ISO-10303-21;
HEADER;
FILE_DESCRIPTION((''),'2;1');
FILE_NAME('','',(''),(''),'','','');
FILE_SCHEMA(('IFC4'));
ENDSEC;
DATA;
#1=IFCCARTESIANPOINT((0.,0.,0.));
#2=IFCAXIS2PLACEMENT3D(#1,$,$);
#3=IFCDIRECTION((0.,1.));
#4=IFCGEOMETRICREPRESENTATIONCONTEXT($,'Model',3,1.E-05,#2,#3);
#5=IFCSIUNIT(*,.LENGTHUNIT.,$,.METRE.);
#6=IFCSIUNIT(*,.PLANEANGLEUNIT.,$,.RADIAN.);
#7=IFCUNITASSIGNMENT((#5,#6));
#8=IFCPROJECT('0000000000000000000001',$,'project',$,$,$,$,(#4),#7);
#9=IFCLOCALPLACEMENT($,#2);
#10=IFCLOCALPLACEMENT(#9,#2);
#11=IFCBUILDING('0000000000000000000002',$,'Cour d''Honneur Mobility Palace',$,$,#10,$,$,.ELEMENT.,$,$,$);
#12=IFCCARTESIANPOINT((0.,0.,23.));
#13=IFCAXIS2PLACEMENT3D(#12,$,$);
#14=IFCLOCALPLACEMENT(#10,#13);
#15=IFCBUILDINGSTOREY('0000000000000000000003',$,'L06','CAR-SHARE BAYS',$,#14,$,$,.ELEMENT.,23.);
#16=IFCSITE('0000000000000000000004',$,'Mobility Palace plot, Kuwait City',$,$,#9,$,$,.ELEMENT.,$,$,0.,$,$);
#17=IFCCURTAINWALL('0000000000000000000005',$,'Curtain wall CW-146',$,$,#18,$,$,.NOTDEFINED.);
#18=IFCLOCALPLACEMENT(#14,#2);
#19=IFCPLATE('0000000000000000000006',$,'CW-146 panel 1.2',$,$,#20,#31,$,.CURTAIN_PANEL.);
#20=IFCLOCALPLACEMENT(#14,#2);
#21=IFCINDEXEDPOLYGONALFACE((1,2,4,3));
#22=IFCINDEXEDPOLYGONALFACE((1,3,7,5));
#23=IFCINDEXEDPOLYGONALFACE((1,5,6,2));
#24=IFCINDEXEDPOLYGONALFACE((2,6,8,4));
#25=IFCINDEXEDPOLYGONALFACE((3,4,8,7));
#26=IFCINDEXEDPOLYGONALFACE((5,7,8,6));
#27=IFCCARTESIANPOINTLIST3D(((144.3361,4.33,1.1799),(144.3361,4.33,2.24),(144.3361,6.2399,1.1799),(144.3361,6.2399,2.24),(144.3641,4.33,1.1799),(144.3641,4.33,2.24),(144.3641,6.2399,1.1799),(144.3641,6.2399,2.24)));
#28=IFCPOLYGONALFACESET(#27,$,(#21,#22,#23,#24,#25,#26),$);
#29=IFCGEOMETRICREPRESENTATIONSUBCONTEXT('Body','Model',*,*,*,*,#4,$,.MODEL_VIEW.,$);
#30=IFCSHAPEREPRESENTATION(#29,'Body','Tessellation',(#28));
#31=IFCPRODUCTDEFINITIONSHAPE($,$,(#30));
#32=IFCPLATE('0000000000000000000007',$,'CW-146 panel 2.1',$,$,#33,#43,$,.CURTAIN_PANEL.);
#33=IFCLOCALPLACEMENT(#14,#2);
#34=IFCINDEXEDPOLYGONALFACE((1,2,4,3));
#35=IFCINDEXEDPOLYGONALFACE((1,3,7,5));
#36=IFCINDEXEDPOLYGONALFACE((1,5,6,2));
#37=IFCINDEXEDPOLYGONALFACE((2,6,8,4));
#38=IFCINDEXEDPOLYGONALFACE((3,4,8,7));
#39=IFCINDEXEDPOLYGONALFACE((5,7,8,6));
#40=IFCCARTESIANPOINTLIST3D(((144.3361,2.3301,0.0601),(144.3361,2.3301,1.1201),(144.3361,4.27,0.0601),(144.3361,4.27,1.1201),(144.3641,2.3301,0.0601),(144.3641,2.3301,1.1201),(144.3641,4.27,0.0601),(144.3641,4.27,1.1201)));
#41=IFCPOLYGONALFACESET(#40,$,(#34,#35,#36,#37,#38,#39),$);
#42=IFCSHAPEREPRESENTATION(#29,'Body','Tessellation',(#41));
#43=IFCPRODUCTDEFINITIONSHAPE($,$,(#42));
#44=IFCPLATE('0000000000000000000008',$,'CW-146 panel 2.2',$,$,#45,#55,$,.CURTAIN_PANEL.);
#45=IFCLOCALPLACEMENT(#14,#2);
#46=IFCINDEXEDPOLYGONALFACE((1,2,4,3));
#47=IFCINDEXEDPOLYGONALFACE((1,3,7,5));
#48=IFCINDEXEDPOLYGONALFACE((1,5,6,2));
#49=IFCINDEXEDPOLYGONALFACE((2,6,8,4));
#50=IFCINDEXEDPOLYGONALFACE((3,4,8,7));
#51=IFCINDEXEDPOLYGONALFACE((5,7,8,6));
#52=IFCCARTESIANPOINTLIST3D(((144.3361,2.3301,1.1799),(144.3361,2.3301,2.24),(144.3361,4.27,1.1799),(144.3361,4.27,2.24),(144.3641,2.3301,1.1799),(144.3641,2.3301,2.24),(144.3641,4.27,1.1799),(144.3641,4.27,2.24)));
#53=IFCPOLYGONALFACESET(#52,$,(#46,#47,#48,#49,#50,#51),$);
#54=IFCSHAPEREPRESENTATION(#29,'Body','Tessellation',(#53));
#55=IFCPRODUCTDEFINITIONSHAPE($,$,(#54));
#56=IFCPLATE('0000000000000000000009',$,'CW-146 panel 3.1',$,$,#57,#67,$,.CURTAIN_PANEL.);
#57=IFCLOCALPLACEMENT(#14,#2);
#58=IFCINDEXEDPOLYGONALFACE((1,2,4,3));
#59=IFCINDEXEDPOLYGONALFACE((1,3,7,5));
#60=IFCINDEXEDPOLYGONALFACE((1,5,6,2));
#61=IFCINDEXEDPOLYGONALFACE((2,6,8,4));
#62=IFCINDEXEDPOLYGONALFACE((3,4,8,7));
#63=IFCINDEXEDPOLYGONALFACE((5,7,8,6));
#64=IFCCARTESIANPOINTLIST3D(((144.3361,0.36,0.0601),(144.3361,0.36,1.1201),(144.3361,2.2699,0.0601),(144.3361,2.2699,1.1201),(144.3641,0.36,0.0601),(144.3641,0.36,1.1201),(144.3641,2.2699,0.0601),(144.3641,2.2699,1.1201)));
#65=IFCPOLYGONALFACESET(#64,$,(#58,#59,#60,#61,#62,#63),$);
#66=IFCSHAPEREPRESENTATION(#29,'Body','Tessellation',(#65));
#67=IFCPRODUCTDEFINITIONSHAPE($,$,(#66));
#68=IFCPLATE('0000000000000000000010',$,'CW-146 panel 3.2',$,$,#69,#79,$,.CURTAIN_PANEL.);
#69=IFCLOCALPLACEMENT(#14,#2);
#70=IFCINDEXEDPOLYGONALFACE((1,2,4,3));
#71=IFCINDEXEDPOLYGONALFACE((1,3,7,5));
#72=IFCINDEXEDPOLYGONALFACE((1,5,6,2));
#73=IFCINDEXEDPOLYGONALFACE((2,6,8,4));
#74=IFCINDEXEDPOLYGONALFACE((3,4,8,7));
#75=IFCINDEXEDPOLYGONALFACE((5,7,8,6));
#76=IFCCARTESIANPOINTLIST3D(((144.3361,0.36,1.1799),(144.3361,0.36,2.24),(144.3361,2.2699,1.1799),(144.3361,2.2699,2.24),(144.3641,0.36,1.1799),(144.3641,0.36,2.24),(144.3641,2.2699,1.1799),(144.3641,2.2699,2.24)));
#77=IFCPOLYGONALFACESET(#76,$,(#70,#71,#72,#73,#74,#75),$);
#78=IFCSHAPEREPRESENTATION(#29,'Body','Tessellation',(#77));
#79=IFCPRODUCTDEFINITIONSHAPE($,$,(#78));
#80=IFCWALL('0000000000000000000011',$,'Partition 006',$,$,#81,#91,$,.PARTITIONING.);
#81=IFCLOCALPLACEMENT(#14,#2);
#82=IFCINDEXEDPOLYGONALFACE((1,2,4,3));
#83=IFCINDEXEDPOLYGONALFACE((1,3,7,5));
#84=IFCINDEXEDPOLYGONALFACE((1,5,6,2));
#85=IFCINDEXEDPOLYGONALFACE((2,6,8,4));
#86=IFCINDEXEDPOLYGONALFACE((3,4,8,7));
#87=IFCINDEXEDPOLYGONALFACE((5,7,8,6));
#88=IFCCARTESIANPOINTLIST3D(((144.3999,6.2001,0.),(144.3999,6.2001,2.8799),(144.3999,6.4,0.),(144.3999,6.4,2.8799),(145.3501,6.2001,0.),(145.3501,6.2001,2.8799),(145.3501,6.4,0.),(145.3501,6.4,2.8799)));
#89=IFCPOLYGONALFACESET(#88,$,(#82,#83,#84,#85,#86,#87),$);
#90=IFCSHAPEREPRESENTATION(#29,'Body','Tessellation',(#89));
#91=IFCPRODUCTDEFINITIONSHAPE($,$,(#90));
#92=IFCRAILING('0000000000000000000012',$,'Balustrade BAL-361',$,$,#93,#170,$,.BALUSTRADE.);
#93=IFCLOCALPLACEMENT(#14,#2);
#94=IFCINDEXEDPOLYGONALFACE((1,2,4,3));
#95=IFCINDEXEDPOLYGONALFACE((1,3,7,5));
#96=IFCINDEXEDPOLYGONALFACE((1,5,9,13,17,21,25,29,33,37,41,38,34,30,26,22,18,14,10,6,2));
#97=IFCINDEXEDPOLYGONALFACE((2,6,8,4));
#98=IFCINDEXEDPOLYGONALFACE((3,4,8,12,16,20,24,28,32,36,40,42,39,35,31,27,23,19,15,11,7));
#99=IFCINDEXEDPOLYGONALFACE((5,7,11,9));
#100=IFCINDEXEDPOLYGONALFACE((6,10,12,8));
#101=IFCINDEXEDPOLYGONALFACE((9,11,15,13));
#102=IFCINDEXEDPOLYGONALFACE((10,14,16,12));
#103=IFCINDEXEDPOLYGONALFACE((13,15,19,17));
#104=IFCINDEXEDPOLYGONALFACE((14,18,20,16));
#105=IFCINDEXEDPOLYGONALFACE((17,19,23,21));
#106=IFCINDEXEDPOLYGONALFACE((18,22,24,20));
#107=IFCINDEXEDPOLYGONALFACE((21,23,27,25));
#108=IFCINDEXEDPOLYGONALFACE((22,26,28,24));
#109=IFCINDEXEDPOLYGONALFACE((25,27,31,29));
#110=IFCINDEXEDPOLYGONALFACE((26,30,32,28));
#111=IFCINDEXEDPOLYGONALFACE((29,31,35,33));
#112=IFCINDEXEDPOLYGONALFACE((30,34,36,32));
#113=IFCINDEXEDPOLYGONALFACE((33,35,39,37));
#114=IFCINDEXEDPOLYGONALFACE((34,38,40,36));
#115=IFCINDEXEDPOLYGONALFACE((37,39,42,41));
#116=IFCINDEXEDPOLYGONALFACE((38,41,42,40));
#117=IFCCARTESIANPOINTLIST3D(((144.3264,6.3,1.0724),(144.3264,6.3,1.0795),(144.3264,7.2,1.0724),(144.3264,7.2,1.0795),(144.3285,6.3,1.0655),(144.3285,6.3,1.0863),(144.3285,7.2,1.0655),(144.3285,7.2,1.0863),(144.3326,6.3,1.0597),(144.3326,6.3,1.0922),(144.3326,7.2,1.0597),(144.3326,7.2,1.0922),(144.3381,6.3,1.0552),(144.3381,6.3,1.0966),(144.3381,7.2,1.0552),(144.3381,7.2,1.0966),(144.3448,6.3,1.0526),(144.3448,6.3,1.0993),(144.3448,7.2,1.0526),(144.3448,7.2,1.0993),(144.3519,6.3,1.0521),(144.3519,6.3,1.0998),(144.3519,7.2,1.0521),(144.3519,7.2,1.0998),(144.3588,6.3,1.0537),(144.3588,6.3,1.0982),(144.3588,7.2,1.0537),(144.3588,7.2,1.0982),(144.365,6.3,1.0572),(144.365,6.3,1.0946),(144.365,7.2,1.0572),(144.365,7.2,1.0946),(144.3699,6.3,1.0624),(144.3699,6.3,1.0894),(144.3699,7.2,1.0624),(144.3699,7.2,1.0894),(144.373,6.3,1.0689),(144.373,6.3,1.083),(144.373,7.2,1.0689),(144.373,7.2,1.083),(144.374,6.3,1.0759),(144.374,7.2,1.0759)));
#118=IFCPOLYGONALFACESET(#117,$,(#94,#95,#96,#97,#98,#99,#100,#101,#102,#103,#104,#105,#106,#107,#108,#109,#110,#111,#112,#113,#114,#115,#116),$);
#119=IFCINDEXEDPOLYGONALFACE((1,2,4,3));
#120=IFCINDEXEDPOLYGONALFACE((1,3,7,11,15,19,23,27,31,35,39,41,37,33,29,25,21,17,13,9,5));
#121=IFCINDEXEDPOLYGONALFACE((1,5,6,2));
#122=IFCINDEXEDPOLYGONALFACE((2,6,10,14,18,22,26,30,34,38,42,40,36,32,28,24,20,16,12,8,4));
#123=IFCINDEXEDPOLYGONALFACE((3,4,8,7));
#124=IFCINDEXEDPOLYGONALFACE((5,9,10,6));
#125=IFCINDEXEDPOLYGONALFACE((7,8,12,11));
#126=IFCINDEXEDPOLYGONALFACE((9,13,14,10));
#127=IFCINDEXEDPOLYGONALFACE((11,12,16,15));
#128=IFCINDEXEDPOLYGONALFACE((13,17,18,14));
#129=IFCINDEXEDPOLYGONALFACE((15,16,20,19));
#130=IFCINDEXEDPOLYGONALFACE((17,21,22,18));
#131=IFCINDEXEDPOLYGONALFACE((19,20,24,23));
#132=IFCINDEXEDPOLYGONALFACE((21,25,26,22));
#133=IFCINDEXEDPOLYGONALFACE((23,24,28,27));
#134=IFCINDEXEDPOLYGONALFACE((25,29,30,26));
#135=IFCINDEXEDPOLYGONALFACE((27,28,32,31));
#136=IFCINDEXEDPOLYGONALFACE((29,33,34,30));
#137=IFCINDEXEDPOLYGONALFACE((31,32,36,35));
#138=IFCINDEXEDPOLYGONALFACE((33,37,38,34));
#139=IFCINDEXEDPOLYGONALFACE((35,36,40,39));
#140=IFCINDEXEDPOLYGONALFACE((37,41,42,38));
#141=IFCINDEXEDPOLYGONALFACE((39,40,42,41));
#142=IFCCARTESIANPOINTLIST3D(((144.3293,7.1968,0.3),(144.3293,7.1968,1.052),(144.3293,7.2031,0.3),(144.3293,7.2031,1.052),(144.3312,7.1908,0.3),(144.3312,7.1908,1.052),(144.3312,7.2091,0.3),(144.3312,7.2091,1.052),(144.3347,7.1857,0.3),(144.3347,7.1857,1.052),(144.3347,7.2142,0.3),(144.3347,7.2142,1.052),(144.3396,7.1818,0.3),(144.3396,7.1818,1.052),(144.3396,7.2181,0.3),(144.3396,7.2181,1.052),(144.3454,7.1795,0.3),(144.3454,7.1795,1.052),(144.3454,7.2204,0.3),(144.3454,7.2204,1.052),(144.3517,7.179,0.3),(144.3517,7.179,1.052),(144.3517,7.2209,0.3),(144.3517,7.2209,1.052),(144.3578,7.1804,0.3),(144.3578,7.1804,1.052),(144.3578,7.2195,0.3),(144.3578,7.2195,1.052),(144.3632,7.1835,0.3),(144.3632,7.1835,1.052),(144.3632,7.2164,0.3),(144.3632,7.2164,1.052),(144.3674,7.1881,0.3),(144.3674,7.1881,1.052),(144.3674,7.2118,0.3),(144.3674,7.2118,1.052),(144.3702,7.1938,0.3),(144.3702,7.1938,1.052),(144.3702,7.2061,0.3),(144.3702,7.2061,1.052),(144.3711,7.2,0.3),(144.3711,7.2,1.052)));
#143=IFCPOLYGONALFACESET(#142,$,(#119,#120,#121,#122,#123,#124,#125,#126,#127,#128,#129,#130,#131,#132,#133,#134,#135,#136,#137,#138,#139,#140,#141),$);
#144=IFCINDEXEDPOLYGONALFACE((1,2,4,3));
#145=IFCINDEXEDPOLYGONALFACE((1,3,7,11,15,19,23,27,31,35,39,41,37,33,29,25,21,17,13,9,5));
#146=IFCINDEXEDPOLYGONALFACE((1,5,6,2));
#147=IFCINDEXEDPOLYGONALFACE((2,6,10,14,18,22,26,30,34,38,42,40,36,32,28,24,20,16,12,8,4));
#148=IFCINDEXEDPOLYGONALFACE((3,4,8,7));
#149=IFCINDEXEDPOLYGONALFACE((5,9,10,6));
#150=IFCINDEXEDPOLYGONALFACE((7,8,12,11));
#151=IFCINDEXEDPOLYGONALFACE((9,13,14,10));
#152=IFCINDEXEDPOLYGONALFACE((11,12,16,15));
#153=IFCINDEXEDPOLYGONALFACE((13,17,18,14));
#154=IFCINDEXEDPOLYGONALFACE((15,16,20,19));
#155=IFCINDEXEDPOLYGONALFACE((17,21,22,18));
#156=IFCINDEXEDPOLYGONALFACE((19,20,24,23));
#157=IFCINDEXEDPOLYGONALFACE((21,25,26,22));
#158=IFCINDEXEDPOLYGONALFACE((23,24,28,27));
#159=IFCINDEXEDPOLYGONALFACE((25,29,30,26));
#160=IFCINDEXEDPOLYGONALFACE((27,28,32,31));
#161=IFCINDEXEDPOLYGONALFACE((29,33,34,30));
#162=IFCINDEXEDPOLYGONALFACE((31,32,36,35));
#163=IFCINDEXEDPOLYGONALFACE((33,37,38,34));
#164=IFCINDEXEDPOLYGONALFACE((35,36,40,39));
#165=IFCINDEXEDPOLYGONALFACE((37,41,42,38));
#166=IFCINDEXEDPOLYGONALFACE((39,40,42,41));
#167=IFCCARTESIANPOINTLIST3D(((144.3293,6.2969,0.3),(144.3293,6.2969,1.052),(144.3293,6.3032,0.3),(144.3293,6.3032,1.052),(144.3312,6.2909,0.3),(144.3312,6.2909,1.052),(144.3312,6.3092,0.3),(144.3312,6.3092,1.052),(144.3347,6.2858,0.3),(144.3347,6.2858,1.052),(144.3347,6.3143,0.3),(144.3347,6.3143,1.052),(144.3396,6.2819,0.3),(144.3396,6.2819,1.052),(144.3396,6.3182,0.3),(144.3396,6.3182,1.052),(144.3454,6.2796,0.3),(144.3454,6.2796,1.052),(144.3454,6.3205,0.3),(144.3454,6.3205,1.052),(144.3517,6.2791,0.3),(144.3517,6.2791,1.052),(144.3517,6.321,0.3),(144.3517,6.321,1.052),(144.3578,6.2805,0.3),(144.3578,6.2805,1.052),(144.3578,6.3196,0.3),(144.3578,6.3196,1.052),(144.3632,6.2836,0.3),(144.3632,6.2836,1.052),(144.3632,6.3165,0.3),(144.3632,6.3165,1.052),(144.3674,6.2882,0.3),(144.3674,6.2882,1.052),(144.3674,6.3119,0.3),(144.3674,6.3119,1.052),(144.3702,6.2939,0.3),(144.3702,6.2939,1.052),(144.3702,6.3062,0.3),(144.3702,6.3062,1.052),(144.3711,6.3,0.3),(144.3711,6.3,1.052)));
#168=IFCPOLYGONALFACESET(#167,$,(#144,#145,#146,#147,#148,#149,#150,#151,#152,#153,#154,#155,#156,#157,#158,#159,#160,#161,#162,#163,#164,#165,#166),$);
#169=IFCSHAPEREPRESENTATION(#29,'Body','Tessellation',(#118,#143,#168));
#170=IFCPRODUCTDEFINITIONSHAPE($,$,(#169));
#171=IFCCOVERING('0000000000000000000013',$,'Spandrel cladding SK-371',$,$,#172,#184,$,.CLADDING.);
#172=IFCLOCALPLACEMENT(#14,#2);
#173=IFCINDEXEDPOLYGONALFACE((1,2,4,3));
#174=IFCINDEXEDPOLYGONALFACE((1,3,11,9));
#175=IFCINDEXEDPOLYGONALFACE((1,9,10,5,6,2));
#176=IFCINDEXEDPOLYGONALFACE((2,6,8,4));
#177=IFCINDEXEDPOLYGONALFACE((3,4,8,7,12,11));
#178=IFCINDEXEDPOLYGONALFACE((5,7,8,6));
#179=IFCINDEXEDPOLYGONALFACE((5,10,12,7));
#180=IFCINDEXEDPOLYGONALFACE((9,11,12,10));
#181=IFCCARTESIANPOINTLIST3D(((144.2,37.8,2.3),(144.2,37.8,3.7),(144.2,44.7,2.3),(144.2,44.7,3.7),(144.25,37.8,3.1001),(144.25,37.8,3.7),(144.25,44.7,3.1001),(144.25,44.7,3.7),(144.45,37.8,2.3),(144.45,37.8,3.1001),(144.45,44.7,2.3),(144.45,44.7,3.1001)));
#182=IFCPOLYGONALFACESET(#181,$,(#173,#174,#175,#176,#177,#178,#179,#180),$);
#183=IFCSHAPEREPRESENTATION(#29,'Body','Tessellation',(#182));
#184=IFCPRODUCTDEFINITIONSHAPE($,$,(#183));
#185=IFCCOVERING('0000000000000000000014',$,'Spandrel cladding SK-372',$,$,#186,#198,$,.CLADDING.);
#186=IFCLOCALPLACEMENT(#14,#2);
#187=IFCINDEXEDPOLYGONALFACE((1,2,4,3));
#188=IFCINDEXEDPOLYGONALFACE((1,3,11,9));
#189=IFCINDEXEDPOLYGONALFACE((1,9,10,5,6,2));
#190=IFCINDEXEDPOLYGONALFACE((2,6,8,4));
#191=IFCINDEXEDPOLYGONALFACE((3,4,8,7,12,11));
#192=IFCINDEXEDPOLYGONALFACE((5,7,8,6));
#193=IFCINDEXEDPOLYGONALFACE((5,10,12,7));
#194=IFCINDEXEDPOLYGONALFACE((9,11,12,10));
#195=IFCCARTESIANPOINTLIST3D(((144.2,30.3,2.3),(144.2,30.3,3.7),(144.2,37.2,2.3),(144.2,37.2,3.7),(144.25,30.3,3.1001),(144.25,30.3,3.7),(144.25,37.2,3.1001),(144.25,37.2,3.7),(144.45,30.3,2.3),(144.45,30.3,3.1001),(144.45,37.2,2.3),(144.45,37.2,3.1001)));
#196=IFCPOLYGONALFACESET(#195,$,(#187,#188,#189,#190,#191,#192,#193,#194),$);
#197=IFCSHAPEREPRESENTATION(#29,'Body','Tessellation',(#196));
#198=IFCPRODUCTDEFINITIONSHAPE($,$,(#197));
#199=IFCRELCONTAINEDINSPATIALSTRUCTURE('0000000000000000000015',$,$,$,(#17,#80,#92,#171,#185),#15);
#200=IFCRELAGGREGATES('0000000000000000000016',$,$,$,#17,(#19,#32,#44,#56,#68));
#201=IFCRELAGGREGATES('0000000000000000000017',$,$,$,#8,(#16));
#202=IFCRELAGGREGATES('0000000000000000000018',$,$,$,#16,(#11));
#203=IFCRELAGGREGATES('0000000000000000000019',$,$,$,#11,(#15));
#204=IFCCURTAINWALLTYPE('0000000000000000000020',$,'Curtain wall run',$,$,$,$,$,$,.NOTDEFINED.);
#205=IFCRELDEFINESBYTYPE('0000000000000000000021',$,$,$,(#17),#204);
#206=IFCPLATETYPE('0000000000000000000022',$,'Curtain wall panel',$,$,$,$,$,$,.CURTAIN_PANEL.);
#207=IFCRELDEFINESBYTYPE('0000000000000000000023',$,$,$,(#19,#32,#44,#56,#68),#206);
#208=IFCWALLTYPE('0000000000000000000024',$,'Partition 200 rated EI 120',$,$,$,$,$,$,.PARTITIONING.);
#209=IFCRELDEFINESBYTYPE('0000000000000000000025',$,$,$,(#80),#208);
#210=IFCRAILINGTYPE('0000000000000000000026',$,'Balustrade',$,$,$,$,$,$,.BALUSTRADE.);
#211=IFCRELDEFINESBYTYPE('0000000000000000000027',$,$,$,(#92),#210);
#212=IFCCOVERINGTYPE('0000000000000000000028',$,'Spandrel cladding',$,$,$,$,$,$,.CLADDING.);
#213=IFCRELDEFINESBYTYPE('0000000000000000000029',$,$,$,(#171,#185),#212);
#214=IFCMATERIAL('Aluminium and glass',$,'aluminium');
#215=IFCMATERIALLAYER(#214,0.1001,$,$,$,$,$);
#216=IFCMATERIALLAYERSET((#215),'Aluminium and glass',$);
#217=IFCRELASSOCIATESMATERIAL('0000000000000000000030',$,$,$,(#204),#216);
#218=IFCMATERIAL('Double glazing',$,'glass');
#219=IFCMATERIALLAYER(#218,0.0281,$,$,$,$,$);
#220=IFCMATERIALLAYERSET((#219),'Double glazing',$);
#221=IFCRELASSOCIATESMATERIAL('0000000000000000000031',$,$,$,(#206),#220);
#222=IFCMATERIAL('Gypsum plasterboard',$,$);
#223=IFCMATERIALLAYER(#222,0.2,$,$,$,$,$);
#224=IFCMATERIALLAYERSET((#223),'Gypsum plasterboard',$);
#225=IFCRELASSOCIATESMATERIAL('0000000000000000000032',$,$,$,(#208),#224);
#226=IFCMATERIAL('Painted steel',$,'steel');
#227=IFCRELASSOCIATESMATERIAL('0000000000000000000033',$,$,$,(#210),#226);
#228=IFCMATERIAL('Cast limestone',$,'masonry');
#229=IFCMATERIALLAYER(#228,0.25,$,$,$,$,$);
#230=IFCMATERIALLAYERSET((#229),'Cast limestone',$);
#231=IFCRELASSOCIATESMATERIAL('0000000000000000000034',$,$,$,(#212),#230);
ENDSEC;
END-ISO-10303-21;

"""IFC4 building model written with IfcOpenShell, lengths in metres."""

from ifc_helpers import new_model, si_unit, direction, frame, frame_2d, origin, origin_2d, place, context, subcontext, project, spatial, polyline, rectangle, circle, outline, extrude, material, layer, layer_set, type_object, element, aggregate, save


model = new_model("IFC4")

# Units and contexts
model_context = context("Model", 3, precision=1e-05, world=origin(), true_north=direction((0.0, 1.0)))
body_context = subcontext(model_context, "Body", "Model", "MODEL_VIEW")
ifc_project = project(units=[si_unit("LENGTHUNIT", "METRE"), si_unit("PLANEANGLEUNIT", "RADIAN")], contexts=[model_context])

# Site, building, storey
site_placement = place(None, origin())
site = spatial("IfcSite", under=ifc_project, at=site_placement, Name="Mobility Palace plot, Kuwait City", CompositionType="ELEMENT", RefElevation=0.0)
building_placement = place(site_placement, origin())
building = spatial("IfcBuilding", under=site, at=building_placement, Name="Cour d'Honneur Mobility Palace", CompositionType="ELEMENT")
storey_placement = place(building_placement, frame((0.0, 0.0, 23.0)))
storey = spatial("IfcBuildingStorey", under=building, at=storey_placement, Name="L06", Description="CAR-SHARE BAYS", CompositionType="ELEMENT", Elevation=23.0)

# Curtain wall, plates
ifc_material_1 = material(Name="Aluminium and glass", Category="aluminium")
ifc_layer_1 = layer(ifc_material_1, 0.1001)
ifc_layer_set_1 = layer_set([ifc_layer_1], Name="Aluminium and glass")
curtain_wall_type = type_object("IfcCurtainWallType", Name="Curtain wall run", PredefinedType="NOTDEFINED", material=ifc_layer_set_1)
curtain_wall_placement = place(storey_placement, origin())
curtain_wall = element("IfcCurtainWall", 1, at=curtain_wall_placement, inside=storey, type_object=curtain_wall_type, Name="Curtain wall CW-146", PredefinedType="NOTDEFINED")
ifc_material_2 = material(Name="Double glazing", Category="glass")
ifc_layer_2 = layer(ifc_material_2, 0.0281)
ifc_layer_set_2 = layer_set([ifc_layer_2], Name="Double glazing")
plate_type = type_object("IfcPlateType", Name="Curtain wall panel", PredefinedType="CURTAIN_PANEL", material=ifc_layer_set_2)
plate_1_placement = place(storey_placement, frame((144.3501, 5.2849, 1.1799), z_axis=(0.0, 0.0, 1.0), x_axis=(0.0, -1.0, 0.0)))
plate_1 = element("IfcPlate", 2, at=plate_1_placement, type_object=plate_type, Name="CW-146 panel 1.2", PredefinedType="CURTAIN_PANEL", context=body_context, shape_type="SweptSolid", body=[
    extrude(rectangle(XDim=1.9099, YDim=0.0281, at=origin_2d()), origin(), (0.0, 0.0, 1.0), 1.0601),
])
plate_2_placement = place(storey_placement, frame((144.3501, 3.3, 0.0601), z_axis=(0.0, 0.0, 1.0), x_axis=(0.0, -1.0, 0.0)))
plate_2 = element("IfcPlate", 3, at=plate_2_placement, type_object=plate_type, Name="CW-146 panel 2.1", PredefinedType="CURTAIN_PANEL", context=body_context, shape_type="SweptSolid", body=[
    extrude(rectangle(XDim=1.9399, YDim=0.0281, at=origin_2d()), origin(), (0.0, 0.0, 1.0), 1.0601),
])
plate_3_placement = place(storey_placement, frame((144.3501, 3.3, 1.1799), z_axis=(0.0, 0.0, 1.0), x_axis=(0.0, -1.0, 0.0)))
plate_3 = element("IfcPlate", 4, at=plate_3_placement, type_object=plate_type, Name="CW-146 panel 2.2", PredefinedType="CURTAIN_PANEL", context=body_context, shape_type="SweptSolid", body=[
    extrude(rectangle(XDim=1.9399, YDim=0.0281, at=origin_2d()), origin(), (0.0, 0.0, 1.0), 1.0601),
])
plate_4_placement = place(storey_placement, frame((144.3501, 1.3149, 0.0601), z_axis=(0.0, 0.0, 1.0), x_axis=(0.0, -1.0, 0.0)))
plate_4 = element("IfcPlate", 5, at=plate_4_placement, type_object=plate_type, Name="CW-146 panel 3.1", PredefinedType="CURTAIN_PANEL", context=body_context, shape_type="SweptSolid", body=[
    extrude(rectangle(XDim=1.9099, YDim=0.0281, at=origin_2d()), origin(), (0.0, 0.0, 1.0), 1.0601),
])
plate_5_placement = place(storey_placement, frame((144.3501, 1.3149, 1.1799), z_axis=(0.0, 0.0, 1.0), x_axis=(0.0, -1.0, 0.0)))
plate_5 = element("IfcPlate", 6, at=plate_5_placement, type_object=plate_type, Name="CW-146 panel 3.2", PredefinedType="CURTAIN_PANEL", context=body_context, shape_type="SweptSolid", body=[
    extrude(rectangle(XDim=1.9099, YDim=0.0281, at=origin_2d()), origin(), (0.0, 0.0, 1.0), 1.0601),
])
aggregate(curtain_wall, [plate_1, plate_2, plate_3, plate_4, plate_5])

# Wall
ifc_material_3 = material(Name="Gypsum plasterboard")
ifc_layer_3 = layer(ifc_material_3, 0.2)
ifc_layer_set_3 = layer_set([ifc_layer_3], Name="Gypsum plasterboard")
wall_type = type_object("IfcWallType", Name="Partition 200 rated EI 120", PredefinedType="PARTITIONING", material=ifc_layer_set_3)
wall_placement = place(storey_placement, frame((144.3999, 6.3, 0.0), z_axis=(0.0, 0.0, 1.0), x_axis=(1.0, 0.0, 0.0)))
element("IfcWall", 7, at=wall_placement, inside=storey, type_object=wall_type, Name="Partition 006", PredefinedType="PARTITIONING", context=body_context, shape_type="SweptSolid", body=[
    extrude(rectangle(XDim=0.9502, YDim=0.2, at=frame_2d((0.4751, 0.0))), origin(), (0.0, 0.0, 1.0), 2.8799),
])

# Railing
ifc_material_4 = material(Name="Painted steel", Category="steel")
railing_type = type_object("IfcRailingType", Name="Balustrade", PredefinedType="BALUSTRADE", material=ifc_material_4)
railing_placement = place(storey_placement, frame((144.3501, 7.2, 0.3)))
element("IfcRailing", 8, at=railing_placement, inside=storey, type_object=railing_type, Name="Balustrade BAL-361", PredefinedType="BALUSTRADE", context=body_context, shape_type="SweptSolid", body=[
    extrude(circle(Radius=0.0239, at=origin_2d()), frame((0.0, 0.0, 0.7759), z_axis=(0.0, -1.0, 0.0), x_axis=(1.0, 0.0, 0.0)), (0.0, 0.0, 1.0), 0.8999),
    extrude(circle(Radius=0.021, at=origin_2d()), origin(), (0.0, 0.0, 1.0), 0.752),
    extrude(circle(Radius=0.021, at=origin_2d()), frame((0.0, -0.8999, 0.0)), (0.0, 0.0, 1.0), 0.752),
])

# Coverings
ifc_material_5 = material(Name="Cast limestone", Category="masonry")
ifc_layer_4 = layer(ifc_material_5, 0.25)
ifc_layer_set_4 = layer_set([ifc_layer_4], Name="Cast limestone")
covering_type = type_object("IfcCoveringType", Name="Spandrel cladding", PredefinedType="CLADDING", material=ifc_layer_set_4)
for number, where, z_axis, x_axis, name in (
    (9, (144.45, 44.7, 2.3), (0.0, 1.0, 0.0), (-1.0, 0.0, 0.0), "Spandrel cladding SK-371"),
    (10, (144.45, 37.2, 2.3), (0.0, 1.0, 0.0), (-1.0, 0.0, 0.0), "Spandrel cladding SK-372"),
):
    element("IfcCovering", number, at=place(storey_placement, frame(where, z_axis=z_axis, x_axis=x_axis)), inside=storey, type_object=covering_type, Name=name, PredefinedType="CLADDING", context=body_context, shape_type="SweptSolid", body=[
        extrude(outline(polyline([(0.0, 0.0), (0.25, 0.0), (0.25, 1.3999), (0.2, 1.3999), (0.2, 0.8), (0.0, 0.8), (0.0, 0.0)])), origin(), (0.0, 0.0, -1.0), 6.8999),
    ])

save(model, "model.ifc")
